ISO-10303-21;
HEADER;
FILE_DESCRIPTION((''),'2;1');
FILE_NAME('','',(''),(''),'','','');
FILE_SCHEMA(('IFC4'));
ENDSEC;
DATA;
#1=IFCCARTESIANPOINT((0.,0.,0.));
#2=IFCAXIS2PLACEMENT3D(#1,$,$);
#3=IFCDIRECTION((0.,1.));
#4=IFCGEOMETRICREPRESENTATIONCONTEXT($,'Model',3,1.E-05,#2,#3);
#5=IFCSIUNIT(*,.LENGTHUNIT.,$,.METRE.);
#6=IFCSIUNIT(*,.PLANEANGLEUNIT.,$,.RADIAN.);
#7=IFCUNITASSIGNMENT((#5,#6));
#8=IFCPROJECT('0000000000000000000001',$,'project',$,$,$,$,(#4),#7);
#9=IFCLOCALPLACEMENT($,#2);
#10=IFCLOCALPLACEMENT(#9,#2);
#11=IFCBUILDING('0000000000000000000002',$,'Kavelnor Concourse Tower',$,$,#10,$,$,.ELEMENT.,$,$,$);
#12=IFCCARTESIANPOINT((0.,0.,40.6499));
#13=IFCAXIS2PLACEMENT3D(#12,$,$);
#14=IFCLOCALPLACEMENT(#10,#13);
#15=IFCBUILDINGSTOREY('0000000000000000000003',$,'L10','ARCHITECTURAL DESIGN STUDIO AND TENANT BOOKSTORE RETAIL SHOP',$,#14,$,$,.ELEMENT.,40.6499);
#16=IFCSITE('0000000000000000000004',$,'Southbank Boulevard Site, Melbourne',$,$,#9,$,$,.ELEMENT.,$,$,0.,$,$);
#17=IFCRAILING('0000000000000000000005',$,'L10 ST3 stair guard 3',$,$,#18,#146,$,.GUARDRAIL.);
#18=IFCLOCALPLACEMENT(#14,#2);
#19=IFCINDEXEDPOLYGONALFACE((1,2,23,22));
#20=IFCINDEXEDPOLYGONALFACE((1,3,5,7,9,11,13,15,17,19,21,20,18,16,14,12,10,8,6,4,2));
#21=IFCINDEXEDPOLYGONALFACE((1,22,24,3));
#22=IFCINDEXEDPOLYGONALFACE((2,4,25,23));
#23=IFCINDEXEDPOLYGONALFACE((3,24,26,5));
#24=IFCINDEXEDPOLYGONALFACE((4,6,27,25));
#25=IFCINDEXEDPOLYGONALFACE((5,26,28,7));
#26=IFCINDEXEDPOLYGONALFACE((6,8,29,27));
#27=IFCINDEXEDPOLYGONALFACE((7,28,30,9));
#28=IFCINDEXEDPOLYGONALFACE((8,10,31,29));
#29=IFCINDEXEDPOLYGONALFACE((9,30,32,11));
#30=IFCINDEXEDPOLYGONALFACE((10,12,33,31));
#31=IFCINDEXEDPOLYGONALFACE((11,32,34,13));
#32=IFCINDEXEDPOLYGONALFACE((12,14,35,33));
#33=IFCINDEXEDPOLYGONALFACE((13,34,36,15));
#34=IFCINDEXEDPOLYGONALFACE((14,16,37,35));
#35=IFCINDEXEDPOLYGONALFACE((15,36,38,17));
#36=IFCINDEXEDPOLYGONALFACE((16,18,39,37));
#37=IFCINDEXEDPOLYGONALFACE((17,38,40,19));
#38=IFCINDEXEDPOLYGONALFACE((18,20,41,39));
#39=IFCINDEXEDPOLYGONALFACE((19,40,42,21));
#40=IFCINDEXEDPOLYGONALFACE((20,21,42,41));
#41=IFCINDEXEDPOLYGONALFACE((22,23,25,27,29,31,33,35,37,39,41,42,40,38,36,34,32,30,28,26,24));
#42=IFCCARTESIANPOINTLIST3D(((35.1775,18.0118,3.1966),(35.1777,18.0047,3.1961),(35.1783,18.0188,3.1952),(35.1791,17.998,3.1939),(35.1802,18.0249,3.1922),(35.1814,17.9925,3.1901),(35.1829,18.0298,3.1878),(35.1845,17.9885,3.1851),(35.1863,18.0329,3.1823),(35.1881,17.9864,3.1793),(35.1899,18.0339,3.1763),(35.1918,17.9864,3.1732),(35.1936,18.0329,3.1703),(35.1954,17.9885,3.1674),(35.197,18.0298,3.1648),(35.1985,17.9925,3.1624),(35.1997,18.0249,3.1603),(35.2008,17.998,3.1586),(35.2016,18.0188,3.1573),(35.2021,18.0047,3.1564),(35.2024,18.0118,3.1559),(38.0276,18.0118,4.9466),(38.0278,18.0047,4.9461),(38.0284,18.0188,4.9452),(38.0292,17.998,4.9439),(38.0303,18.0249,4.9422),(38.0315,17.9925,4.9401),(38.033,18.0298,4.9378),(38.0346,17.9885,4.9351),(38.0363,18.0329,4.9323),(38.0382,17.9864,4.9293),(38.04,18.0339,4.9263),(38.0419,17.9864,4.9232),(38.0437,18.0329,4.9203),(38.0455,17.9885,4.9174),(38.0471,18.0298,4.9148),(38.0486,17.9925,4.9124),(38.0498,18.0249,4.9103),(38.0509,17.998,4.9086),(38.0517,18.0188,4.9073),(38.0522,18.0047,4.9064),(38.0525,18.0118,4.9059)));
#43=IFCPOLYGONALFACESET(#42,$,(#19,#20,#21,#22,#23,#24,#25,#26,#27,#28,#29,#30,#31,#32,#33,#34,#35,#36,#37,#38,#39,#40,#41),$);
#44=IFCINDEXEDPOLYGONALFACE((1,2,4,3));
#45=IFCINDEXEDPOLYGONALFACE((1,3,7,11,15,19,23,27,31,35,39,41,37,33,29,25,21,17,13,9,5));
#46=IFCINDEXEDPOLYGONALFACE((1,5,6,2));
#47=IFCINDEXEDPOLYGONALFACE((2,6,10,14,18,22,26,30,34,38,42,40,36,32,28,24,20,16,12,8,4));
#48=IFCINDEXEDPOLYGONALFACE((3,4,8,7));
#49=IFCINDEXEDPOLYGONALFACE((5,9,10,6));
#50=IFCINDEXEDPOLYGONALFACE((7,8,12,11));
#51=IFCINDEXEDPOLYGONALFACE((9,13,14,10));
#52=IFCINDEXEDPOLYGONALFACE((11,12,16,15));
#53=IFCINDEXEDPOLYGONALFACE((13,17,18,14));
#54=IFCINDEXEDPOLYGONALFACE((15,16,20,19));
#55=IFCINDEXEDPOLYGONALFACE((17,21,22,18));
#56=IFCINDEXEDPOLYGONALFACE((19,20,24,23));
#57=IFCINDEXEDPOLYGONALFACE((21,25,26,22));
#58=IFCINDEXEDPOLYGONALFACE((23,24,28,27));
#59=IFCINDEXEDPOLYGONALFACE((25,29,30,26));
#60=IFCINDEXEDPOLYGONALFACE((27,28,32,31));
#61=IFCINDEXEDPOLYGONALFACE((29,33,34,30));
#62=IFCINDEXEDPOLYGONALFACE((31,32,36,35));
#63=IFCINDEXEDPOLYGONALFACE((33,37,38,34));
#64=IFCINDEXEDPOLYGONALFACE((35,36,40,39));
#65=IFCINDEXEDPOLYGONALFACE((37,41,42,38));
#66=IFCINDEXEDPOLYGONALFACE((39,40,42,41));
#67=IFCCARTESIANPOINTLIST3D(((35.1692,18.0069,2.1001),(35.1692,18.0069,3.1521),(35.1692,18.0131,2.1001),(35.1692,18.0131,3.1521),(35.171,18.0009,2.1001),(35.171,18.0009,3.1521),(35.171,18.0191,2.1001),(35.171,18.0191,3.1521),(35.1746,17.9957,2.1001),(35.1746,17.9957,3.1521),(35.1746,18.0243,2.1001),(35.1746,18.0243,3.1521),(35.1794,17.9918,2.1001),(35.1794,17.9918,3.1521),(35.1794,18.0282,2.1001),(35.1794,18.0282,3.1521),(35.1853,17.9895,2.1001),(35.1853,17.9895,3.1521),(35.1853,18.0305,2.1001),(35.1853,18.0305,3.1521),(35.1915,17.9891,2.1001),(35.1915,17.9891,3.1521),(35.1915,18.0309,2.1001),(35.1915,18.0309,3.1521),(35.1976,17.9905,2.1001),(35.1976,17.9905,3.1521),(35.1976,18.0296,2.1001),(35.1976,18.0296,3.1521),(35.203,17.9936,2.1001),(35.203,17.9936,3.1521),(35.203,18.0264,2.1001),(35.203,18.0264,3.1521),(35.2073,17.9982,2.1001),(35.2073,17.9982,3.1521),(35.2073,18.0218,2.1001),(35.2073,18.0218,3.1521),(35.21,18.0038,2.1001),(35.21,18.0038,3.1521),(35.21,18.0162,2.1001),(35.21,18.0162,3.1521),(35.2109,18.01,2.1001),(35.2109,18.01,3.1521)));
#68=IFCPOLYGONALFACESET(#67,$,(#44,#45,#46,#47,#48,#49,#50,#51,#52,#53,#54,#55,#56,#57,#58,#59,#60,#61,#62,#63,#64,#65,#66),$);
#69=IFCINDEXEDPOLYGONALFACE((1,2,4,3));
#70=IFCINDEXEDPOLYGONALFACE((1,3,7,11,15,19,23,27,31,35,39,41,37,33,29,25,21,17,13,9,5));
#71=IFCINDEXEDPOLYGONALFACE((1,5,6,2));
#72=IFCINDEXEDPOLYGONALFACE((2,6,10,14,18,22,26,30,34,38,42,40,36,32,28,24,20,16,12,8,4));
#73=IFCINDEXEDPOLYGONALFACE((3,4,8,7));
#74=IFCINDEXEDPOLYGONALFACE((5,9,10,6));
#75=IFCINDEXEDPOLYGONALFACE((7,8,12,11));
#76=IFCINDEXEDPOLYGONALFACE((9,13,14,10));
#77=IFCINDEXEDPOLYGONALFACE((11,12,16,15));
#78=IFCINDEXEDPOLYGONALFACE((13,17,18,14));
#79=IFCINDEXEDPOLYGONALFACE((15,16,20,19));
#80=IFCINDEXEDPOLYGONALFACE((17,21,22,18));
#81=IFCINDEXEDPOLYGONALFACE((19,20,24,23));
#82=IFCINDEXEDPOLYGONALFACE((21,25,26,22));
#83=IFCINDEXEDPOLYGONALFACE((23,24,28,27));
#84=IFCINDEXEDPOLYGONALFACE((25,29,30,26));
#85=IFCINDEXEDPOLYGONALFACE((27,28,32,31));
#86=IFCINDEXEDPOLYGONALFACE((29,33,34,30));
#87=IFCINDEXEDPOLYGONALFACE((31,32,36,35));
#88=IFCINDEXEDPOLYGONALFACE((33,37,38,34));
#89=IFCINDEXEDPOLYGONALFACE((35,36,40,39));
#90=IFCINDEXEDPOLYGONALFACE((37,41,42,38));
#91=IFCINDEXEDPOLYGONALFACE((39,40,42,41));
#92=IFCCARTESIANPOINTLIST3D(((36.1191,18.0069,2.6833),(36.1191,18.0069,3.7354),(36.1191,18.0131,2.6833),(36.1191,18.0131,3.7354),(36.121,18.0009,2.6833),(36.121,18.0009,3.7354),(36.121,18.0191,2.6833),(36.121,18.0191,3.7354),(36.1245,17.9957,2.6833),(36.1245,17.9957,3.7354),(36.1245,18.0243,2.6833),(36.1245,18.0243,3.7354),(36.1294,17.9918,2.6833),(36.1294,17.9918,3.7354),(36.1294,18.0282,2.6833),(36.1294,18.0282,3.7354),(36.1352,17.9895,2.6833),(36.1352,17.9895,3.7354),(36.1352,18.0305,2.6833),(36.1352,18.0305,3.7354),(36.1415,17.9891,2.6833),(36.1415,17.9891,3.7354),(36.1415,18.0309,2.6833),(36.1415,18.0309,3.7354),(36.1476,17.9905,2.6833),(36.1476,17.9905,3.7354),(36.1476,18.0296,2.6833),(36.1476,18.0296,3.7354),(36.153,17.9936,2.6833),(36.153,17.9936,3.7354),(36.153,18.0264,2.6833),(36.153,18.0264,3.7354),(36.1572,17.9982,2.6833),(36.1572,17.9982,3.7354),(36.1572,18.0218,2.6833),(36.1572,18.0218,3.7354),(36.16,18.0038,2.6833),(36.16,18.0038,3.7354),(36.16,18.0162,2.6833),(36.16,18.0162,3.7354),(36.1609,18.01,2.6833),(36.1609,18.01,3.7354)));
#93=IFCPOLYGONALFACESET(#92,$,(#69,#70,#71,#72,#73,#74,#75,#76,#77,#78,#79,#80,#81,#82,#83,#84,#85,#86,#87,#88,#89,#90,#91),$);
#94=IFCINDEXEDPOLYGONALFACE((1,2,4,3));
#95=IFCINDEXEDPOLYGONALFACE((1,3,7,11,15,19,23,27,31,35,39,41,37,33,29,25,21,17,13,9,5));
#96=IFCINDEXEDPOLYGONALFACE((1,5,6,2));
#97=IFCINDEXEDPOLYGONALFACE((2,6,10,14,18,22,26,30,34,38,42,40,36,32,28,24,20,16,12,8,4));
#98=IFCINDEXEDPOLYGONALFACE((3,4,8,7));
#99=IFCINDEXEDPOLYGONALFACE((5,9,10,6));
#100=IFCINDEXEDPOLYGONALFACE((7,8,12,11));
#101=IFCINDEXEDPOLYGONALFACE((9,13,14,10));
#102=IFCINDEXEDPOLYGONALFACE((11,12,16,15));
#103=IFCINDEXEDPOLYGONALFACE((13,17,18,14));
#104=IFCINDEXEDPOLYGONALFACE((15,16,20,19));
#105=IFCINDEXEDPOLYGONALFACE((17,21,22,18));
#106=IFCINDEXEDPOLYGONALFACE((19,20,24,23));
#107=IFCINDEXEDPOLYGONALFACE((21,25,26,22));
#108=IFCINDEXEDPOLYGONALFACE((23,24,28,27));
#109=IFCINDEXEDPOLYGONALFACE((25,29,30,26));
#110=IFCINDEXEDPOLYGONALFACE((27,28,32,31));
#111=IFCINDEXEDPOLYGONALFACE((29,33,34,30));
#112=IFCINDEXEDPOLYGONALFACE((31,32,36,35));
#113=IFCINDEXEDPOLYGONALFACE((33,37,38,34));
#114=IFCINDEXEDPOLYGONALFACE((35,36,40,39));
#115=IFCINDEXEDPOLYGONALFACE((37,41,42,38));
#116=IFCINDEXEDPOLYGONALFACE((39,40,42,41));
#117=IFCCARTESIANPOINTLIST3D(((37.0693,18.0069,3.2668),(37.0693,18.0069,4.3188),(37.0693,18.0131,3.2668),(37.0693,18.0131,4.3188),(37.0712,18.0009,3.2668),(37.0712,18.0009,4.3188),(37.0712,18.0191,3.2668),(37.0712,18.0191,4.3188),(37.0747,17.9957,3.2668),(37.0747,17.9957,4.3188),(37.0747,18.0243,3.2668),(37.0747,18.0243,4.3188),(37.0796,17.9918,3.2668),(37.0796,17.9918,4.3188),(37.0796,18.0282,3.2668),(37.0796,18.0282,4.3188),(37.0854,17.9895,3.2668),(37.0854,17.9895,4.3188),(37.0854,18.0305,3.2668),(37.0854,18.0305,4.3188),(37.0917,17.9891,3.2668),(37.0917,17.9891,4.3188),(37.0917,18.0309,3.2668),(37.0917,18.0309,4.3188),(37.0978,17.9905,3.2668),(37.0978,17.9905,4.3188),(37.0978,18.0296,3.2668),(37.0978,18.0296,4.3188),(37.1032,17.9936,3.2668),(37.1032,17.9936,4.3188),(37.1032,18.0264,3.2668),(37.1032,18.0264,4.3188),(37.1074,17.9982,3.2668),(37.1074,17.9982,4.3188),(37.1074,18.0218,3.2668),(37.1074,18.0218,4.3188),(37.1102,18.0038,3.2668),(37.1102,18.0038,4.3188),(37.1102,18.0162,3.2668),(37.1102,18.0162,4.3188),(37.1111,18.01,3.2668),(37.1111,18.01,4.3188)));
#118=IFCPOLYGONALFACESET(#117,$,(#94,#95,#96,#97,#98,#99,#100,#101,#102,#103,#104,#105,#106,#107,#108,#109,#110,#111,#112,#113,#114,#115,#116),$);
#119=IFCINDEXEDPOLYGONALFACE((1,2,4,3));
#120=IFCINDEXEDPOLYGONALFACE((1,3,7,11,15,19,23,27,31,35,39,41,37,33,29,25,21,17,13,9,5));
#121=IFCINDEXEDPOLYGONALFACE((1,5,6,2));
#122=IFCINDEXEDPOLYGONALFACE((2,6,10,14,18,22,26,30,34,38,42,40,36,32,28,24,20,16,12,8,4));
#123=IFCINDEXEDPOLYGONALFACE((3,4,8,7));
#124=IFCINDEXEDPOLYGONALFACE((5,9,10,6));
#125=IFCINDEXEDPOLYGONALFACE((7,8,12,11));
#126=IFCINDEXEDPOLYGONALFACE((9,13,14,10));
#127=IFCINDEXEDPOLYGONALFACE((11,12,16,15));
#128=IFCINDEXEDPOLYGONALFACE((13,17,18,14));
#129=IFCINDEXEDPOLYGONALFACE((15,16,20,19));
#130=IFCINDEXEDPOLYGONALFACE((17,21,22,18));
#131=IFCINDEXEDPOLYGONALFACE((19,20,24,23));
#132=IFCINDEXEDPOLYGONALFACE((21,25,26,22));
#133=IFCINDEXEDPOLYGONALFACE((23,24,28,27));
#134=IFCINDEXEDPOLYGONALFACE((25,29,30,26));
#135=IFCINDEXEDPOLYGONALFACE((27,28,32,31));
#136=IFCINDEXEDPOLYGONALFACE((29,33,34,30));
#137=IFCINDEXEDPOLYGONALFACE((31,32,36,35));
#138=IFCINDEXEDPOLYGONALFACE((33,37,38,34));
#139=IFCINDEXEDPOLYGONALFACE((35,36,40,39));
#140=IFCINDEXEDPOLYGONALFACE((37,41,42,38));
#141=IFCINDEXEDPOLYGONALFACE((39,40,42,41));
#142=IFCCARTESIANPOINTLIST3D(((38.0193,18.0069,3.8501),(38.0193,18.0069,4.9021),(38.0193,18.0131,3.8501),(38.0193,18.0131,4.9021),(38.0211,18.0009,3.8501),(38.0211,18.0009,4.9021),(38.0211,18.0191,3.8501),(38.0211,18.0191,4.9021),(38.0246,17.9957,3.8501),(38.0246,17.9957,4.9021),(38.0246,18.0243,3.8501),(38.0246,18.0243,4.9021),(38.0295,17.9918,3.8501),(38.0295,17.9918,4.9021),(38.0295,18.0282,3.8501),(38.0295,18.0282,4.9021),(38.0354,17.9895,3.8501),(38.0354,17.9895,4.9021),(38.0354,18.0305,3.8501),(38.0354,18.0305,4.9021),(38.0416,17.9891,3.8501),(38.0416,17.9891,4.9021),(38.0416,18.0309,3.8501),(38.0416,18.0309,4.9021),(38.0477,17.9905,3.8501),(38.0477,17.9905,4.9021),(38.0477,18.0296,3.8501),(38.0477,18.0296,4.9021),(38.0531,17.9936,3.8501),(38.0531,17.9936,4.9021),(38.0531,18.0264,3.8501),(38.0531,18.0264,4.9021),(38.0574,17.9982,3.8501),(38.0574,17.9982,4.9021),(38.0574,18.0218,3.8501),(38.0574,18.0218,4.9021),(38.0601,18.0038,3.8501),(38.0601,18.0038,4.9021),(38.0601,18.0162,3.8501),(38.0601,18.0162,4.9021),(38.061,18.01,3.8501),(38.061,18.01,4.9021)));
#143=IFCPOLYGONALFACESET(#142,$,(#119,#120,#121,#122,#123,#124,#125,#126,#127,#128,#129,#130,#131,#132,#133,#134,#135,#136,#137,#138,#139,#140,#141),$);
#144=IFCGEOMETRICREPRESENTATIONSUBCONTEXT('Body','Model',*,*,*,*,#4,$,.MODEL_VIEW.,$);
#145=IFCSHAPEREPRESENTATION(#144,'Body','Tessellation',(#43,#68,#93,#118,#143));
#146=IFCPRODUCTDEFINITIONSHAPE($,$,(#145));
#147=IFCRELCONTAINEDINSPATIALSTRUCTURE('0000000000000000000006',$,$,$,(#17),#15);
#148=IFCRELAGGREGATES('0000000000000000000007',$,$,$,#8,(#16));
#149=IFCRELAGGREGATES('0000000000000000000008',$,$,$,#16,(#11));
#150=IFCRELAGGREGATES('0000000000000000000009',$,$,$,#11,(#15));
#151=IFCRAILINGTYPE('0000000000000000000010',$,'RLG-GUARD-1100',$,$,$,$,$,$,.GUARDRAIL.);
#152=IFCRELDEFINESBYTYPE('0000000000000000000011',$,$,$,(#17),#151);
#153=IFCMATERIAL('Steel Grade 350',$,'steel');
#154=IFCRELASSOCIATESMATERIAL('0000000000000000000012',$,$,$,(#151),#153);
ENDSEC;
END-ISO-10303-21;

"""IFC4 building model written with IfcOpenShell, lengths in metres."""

from ifc_helpers import new_model, si_unit, direction, frame, origin, origin_2d, place, context, subcontext, project, spatial, circle, extrude, material, type_object, element, save


model = new_model("IFC4")

# Units and contexts
model_context = context("Model", 3, precision=1e-05, world=origin(), true_north=direction((0.0, 1.0)))
body_context = subcontext(model_context, "Body", "Model", "MODEL_VIEW")
ifc_project = project(units=[si_unit("LENGTHUNIT", "METRE"), si_unit("PLANEANGLEUNIT", "RADIAN")], contexts=[model_context])

# Site, building, storey
site_placement = place(None, origin())
site = spatial("IfcSite", under=ifc_project, at=site_placement, Name="Southbank Boulevard Site, Melbourne", CompositionType="ELEMENT", RefElevation=0.0)
building_placement = place(site_placement, origin())
building = spatial("IfcBuilding", under=site, at=building_placement, Name="Kavelnor Concourse Tower", CompositionType="ELEMENT")
storey_placement = place(building_placement, frame((0.0, 0.0, 40.6499)))
storey = spatial("IfcBuildingStorey", under=building, at=storey_placement, Name="L10", Description="ARCHITECTURAL DESIGN STUDIO AND TENANT BOOKSTORE RETAIL SHOP", CompositionType="ELEMENT", Elevation=40.6499)

# Shared definitions
ifc_material_1 = material(Name="Steel Grade 350", Category="steel")

# Railing
railing_type_1 = type_object("IfcRailingType", Name="RLG-GUARD-1100", PredefinedType="GUARDRAIL", material=ifc_material_1)
railing_1_placement = place(storey_placement, frame((35.1899, 18.01, 2.1001)))
element("IfcRailing", 1, at=railing_1_placement, inside=storey, type_object=railing_type_1, Name="L10 ST3 stair guard 3", PredefinedType="GUARDRAIL", context=body_context, shape_type="SweptSolid", body=[
    extrude(circle(Radius=0.0239, at=origin_2d()), frame((0.0, 0.0, 1.0762), z_axis=(0.852179, 0.0, 0.52325), x_axis=(0.0, 1.0, 0.0)), (0.0, 0.0, 1.0), 3.3445),
    extrude(circle(Radius=0.021, at=origin_2d()), origin(), (0.0, 0.0, 1.0), 1.052),
    extrude(circle(Radius=0.021, at=origin_2d()), frame((0.95, 0.0, 0.5833)), (0.0, 0.0, 1.0), 1.052),
    extrude(circle(Radius=0.021, at=origin_2d()), frame((1.9001, 0.0, 1.1667)), (0.0, 0.0, 1.0), 1.052),
    extrude(circle(Radius=0.021, at=origin_2d()), frame((2.8501, 0.0, 1.75)), (0.0, 0.0, 1.0), 1.052),
])

save(model, "model.ifc")
